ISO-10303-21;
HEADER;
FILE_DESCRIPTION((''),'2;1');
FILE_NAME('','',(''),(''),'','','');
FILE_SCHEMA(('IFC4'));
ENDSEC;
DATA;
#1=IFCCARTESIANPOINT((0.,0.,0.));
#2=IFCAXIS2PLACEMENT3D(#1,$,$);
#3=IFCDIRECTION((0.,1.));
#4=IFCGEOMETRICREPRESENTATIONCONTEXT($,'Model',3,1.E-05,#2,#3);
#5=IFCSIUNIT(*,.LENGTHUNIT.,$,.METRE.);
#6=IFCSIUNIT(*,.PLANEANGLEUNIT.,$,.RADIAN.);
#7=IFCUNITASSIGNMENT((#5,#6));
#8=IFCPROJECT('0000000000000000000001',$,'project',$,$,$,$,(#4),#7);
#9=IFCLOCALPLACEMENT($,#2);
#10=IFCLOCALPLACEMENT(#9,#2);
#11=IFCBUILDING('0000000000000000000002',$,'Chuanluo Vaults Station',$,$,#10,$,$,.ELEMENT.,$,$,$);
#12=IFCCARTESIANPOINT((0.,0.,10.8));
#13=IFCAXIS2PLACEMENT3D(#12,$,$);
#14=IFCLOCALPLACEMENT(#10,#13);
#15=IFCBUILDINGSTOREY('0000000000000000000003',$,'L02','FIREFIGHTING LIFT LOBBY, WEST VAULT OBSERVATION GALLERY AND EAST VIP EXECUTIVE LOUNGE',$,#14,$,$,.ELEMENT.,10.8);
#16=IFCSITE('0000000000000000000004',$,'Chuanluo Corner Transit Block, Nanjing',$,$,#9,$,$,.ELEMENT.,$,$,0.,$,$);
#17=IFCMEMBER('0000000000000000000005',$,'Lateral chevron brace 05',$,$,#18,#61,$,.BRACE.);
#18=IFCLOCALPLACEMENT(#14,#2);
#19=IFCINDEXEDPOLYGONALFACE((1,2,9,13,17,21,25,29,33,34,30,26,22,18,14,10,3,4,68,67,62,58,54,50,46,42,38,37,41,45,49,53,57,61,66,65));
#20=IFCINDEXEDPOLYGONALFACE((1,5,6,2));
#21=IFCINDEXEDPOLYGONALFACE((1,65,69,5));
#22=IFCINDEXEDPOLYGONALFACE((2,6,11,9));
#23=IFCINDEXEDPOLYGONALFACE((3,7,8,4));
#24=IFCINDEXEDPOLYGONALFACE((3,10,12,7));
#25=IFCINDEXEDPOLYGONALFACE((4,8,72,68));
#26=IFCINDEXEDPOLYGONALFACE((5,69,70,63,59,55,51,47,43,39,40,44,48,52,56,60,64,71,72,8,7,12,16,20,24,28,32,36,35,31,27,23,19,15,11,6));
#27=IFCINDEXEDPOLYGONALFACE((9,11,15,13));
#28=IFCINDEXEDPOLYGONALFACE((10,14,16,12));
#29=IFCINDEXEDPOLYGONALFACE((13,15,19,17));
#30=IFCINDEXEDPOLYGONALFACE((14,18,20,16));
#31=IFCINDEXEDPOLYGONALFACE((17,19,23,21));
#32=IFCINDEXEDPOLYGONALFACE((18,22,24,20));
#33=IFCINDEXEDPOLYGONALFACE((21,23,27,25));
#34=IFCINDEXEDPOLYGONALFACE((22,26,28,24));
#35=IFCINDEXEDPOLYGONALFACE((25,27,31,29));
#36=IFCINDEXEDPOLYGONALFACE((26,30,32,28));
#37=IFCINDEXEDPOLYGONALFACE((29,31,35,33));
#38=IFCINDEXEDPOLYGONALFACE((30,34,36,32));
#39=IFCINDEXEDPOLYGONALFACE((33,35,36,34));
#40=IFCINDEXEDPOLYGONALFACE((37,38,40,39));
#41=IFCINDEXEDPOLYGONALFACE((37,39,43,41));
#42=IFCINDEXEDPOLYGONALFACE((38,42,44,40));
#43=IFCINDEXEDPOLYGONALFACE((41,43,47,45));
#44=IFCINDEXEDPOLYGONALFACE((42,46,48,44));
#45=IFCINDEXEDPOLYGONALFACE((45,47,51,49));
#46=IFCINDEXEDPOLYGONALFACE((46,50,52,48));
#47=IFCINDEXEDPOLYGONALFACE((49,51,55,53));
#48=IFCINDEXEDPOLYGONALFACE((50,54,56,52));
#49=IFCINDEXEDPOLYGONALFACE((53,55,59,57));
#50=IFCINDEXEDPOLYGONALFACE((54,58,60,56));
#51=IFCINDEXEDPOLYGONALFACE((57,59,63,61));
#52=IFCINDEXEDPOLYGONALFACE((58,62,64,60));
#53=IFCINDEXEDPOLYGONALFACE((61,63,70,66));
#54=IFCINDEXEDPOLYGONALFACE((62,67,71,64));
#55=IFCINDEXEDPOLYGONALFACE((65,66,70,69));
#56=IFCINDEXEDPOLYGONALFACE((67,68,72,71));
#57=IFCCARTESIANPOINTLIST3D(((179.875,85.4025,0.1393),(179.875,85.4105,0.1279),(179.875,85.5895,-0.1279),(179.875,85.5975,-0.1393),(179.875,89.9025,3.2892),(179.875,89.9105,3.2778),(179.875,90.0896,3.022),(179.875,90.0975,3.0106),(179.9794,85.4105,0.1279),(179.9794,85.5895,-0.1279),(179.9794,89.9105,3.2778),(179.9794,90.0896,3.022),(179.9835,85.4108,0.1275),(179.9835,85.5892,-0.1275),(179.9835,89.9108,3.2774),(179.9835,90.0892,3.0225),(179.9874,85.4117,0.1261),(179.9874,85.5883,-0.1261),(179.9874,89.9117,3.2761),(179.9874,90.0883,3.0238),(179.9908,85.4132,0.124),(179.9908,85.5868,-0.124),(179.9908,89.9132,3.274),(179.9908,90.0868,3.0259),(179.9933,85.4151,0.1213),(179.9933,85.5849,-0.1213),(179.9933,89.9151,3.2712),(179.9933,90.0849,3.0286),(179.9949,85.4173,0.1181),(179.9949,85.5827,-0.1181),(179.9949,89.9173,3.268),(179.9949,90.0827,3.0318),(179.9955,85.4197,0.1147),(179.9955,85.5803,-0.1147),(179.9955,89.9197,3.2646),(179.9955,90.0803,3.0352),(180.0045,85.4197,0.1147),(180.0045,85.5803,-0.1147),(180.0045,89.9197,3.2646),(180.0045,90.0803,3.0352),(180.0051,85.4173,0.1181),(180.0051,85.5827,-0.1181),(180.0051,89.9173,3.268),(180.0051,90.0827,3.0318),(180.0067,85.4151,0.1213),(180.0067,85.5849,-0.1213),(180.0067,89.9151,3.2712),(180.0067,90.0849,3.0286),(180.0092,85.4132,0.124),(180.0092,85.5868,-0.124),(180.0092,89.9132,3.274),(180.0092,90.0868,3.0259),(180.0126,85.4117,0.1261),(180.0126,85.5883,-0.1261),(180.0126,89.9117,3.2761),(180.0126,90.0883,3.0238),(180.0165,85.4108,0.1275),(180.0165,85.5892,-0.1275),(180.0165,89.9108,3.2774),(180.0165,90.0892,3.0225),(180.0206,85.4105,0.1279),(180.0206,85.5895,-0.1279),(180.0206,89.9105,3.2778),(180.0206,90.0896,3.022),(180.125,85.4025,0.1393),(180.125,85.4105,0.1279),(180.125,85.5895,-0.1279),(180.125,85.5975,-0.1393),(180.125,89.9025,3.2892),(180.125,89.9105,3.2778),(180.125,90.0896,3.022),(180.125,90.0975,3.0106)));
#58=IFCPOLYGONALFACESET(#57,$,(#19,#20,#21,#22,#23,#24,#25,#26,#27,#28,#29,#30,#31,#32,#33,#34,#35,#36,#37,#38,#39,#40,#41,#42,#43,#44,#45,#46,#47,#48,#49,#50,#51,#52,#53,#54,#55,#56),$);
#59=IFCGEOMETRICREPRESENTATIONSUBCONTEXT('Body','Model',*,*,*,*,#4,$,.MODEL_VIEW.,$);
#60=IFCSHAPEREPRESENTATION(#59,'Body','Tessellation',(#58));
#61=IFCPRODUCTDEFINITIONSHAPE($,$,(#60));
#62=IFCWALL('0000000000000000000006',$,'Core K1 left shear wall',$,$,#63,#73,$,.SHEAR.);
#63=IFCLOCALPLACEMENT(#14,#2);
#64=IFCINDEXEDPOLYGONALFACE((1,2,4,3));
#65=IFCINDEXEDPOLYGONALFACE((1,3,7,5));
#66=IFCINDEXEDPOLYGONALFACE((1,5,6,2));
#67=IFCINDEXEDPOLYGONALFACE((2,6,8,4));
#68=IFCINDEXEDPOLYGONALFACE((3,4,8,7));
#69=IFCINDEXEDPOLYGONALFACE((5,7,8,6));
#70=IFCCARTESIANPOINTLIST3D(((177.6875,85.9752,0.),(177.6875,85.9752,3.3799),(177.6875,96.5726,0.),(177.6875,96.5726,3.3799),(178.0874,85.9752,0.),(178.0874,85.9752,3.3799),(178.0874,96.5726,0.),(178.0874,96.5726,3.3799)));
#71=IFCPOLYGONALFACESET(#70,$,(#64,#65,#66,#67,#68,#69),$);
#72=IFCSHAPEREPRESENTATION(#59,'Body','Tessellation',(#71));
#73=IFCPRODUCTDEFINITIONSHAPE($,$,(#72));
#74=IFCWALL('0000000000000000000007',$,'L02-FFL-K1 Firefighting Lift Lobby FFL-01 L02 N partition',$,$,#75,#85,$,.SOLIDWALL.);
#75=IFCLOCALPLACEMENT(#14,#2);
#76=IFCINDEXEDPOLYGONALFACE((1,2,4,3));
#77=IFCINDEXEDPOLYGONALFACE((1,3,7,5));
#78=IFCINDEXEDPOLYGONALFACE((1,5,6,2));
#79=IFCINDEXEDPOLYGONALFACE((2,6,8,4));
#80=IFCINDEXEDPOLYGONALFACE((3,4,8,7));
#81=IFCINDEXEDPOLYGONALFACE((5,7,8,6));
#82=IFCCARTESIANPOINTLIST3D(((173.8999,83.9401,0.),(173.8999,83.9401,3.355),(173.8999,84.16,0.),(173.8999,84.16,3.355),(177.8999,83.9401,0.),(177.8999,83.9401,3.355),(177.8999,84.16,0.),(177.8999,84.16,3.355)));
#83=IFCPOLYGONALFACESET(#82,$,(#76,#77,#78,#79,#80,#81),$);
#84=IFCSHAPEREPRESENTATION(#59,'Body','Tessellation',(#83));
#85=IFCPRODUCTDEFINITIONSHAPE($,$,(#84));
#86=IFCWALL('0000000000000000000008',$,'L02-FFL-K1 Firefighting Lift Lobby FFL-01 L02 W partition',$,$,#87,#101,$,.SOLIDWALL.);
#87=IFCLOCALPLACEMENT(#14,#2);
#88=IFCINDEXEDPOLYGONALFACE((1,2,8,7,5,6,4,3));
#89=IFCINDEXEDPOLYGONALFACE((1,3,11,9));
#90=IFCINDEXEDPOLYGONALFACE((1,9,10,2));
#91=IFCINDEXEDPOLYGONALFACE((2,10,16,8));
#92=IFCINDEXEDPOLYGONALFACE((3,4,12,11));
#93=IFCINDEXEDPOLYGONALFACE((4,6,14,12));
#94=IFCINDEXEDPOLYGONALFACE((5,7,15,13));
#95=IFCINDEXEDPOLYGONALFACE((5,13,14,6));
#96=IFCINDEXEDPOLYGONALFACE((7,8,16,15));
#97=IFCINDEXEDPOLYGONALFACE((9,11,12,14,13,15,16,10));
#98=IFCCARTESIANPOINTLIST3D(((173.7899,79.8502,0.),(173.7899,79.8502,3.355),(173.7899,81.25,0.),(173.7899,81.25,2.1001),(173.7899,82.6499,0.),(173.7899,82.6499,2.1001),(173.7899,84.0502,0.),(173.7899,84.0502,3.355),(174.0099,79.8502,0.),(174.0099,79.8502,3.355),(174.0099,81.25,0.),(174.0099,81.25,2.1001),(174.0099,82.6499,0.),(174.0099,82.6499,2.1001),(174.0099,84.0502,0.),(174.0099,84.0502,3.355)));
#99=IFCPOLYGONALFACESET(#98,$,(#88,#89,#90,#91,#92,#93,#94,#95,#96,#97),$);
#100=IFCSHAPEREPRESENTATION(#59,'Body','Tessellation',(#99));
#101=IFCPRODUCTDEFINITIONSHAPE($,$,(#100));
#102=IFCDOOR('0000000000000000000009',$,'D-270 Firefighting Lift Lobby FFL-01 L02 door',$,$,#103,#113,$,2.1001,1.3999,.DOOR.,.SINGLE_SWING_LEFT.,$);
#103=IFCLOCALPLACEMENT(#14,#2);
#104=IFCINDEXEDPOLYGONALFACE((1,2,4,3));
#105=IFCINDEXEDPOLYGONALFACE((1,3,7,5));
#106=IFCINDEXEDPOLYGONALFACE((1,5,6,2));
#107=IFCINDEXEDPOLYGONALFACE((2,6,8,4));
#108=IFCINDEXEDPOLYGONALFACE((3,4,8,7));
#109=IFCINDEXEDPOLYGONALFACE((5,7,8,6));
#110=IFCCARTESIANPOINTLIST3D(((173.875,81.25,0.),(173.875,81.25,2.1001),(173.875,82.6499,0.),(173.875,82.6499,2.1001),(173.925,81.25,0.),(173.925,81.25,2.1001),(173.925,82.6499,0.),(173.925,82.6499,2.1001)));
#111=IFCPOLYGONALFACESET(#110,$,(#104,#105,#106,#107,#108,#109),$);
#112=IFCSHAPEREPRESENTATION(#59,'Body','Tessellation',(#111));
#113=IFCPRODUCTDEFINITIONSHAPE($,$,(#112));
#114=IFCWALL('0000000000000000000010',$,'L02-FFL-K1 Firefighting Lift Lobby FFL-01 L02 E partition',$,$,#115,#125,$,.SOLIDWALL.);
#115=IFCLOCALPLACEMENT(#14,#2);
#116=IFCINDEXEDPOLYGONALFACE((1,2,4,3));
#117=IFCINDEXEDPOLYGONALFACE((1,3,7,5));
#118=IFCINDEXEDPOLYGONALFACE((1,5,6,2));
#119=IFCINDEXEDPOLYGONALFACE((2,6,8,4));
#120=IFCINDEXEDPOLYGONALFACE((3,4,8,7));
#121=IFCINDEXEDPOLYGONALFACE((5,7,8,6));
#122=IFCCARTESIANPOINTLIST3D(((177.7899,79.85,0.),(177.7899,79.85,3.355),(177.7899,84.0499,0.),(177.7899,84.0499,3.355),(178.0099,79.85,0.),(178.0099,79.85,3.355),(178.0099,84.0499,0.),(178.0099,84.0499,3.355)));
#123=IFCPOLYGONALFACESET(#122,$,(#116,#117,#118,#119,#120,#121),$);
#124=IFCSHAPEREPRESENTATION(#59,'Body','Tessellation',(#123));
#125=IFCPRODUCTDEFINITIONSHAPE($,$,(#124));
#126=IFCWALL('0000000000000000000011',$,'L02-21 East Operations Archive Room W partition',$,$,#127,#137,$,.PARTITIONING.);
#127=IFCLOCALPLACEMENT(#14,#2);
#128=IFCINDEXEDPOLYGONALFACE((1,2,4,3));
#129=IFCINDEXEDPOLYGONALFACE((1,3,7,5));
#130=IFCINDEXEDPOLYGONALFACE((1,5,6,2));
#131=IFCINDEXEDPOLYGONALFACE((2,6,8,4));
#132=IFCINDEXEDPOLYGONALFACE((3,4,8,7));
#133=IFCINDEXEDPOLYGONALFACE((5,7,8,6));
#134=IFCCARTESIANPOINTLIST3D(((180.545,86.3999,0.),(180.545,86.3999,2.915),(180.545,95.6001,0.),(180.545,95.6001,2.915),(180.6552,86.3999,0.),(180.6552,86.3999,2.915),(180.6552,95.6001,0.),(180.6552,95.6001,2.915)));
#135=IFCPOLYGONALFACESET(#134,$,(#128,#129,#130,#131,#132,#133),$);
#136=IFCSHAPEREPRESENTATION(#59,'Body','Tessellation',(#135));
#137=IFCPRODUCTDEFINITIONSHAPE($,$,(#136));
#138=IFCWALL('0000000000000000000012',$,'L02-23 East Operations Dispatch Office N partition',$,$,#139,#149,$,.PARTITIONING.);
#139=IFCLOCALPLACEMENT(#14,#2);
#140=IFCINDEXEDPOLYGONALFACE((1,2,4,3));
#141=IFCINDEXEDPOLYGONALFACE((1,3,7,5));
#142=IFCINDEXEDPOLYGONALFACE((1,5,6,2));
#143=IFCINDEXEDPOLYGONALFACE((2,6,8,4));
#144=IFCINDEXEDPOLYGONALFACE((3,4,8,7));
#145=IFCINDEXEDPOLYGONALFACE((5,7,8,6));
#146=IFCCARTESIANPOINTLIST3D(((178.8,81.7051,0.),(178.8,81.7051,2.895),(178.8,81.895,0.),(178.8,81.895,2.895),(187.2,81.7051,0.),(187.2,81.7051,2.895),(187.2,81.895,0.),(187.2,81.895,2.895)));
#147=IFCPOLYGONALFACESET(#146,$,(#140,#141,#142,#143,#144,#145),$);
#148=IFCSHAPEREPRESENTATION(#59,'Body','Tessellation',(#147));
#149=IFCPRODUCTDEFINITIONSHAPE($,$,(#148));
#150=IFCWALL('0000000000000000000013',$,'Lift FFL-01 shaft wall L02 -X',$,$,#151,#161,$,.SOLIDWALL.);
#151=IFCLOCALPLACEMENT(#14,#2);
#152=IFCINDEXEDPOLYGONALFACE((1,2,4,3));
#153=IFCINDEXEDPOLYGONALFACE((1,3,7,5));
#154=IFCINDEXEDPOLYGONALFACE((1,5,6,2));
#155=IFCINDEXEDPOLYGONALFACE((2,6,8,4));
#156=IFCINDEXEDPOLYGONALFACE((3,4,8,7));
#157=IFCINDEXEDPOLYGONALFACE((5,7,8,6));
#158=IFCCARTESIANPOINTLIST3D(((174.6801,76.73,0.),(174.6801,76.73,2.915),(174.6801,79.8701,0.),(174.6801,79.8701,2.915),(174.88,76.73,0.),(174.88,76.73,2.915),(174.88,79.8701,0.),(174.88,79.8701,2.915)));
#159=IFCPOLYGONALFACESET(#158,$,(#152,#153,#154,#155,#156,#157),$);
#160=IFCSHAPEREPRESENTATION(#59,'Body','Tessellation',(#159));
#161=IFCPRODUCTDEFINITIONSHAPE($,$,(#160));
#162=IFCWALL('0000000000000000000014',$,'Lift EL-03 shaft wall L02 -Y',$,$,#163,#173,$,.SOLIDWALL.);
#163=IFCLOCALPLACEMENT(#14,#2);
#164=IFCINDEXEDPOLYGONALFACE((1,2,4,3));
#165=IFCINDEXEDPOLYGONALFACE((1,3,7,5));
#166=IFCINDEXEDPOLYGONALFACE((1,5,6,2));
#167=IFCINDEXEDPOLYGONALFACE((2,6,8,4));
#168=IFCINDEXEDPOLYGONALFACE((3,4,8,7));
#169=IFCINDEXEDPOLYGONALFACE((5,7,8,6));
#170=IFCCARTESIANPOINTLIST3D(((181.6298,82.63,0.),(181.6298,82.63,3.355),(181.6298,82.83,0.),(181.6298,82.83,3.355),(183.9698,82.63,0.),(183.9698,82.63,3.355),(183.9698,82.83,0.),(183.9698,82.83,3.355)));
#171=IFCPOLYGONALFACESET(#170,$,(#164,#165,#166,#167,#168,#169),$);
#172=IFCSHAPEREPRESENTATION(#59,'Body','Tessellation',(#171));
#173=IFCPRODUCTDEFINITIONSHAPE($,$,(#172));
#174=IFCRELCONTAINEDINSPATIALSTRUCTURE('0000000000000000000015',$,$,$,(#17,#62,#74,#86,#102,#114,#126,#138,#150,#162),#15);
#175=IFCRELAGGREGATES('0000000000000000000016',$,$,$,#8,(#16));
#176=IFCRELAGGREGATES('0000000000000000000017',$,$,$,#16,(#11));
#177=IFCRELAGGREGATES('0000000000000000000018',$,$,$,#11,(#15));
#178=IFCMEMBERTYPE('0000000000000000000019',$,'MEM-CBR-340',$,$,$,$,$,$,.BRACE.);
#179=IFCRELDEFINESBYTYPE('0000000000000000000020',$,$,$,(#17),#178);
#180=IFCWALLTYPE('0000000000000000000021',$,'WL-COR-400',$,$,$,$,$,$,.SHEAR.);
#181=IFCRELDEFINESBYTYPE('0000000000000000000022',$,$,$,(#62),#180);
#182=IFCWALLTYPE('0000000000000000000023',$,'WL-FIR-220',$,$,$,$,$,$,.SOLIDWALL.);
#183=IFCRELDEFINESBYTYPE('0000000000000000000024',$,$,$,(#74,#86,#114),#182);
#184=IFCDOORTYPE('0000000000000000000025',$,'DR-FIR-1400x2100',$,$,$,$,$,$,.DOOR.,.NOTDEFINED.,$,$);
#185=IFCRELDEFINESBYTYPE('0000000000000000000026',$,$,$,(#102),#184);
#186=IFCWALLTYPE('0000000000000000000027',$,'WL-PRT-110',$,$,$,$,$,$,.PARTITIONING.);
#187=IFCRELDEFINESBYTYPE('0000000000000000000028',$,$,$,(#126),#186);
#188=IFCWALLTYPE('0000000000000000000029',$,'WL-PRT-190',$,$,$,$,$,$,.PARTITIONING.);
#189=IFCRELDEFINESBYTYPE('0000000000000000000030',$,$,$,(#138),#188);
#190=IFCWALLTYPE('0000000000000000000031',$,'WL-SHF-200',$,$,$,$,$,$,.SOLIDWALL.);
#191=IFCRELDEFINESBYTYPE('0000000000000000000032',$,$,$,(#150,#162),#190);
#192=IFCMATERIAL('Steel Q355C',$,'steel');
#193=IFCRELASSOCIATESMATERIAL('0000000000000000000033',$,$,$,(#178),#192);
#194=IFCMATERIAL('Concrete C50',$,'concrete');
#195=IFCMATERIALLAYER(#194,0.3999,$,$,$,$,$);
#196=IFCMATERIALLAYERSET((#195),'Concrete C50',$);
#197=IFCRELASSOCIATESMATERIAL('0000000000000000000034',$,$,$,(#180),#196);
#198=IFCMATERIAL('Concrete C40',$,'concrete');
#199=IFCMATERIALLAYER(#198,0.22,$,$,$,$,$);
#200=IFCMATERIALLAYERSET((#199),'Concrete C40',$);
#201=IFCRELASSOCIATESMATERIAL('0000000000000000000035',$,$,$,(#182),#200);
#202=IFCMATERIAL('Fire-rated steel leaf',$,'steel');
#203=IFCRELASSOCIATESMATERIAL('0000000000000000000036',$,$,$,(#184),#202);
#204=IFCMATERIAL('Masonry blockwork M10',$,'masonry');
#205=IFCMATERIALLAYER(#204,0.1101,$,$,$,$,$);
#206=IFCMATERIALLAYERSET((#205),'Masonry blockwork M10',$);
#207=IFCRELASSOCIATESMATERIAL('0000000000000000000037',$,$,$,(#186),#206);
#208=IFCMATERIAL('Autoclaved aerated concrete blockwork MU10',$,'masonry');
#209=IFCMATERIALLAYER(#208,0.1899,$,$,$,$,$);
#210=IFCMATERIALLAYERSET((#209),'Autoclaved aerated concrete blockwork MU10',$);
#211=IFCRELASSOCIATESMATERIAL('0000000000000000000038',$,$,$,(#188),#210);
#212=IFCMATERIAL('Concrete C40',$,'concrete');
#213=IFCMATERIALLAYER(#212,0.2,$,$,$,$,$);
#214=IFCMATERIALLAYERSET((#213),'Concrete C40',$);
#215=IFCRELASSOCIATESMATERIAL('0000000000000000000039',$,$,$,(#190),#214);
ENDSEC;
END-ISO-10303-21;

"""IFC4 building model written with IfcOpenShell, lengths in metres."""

from ifc_helpers import new_model, si_unit, direction, frame, frame_2d, origin, origin_2d, place, context, subcontext, project, spatial, rectangle, i_section, extrude, material, layer, layer_set, material_profile, profile_set, type_object, element, fill, save


model = new_model("IFC4")

# Units and contexts
model_context = context("Model", 3, precision=1e-05, world=origin(), true_north=direction((0.0, 1.0)))
body_context = subcontext(model_context, "Body", "Model", "MODEL_VIEW")
ifc_project = project(units=[si_unit("LENGTHUNIT", "METRE"), si_unit("PLANEANGLEUNIT", "RADIAN")], contexts=[model_context])

# Site, building, storey
site_placement = place(None, origin())
site = spatial("IfcSite", under=ifc_project, at=site_placement, Name="Chuanluo Corner Transit Block, Nanjing", CompositionType="ELEMENT", RefElevation=0.0)
building_placement = place(site_placement, origin())
building = spatial("IfcBuilding", under=site, at=building_placement, Name="Chuanluo Vaults Station", CompositionType="ELEMENT")
storey_placement = place(building_placement, frame((0.0, 0.0, 10.8)))
storey = spatial("IfcBuildingStorey", under=building, at=storey_placement, Name="L02", Description="FIREFIGHTING LIFT LOBBY, WEST VAULT OBSERVATION GALLERY AND EAST VIP EXECUTIVE LOUNGE", CompositionType="ELEMENT", Elevation=10.8)

# Member
ifc_material_1 = material(Name="Steel Q355C", Category="steel")
ifc_material_profile_1 = material_profile(ifc_material_1, i_section(OverallWidth=0.25, OverallDepth=0.3401, WebThickness=0.009, FlangeThickness=0.0139, FilletRadius=0.0161, at=origin_2d()))
ifc_profile_set_1 = profile_set([ifc_material_profile_1], Name="Steel Q355C")
member_type = type_object("IfcMemberType", Name="MEM-CBR-340", PredefinedType="BRACE", material=ifc_profile_set_1)
member_placement = place(storey_placement, frame((180.0, 85.5, 0.0), z_axis=(0.0, 0.81924, 0.57345), x_axis=(-1.0, 0.0, 0.0)))
element("IfcMember", 1, at=member_placement, inside=storey, type_object=member_type, Name="Lateral chevron brace 05", PredefinedType="BRACE", context=body_context, shape_type="SweptSolid", body=[
    extrude(i_section(OverallWidth=0.25, OverallDepth=0.3401, WebThickness=0.009, FlangeThickness=0.0139, FilletRadius=0.0161, at=origin_2d()), origin(), (0.0, 0.0, 1.0), 5.4929),
])

# Walls
ifc_material_2 = material(Name="Concrete C50", Category="concrete")
ifc_layer_1 = layer(ifc_material_2, 0.3999)
ifc_layer_set_1 = layer_set([ifc_layer_1], Name="Concrete C50")
wall_type_1 = type_object("IfcWallType", Name="WL-COR-400", PredefinedType="SHEAR", material=ifc_layer_set_1)
wall_1_placement = place(storey_placement, frame((177.8875, 85.9751, 0.0), z_axis=(0.0, 0.0, 1.0), x_axis=(0.0, 1.0, 0.0)))
element("IfcWall", 2, at=wall_1_placement, inside=storey, type_object=wall_type_1, Name="Core K1 left shear wall", PredefinedType="SHEAR", context=body_context, shape_type="SweptSolid", body=[
    extrude(rectangle(XDim=10.5974, YDim=0.3999, at=frame_2d((5.2988, 0.0))), origin(), (0.0, 0.0, 1.0), 3.3799),
])
ifc_material_3 = material(Name="Concrete C40", Category="concrete")
ifc_layer_2 = layer(ifc_material_3, 0.22)
ifc_layer_set_2 = layer_set([ifc_layer_2], Name="Concrete C40")
wall_type_2 = type_object("IfcWallType", Name="WL-FIR-220", PredefinedType="SOLIDWALL", material=ifc_layer_set_2)
wall_2_placement = place(storey_placement, frame((173.8999, 84.05, 0.0), z_axis=(0.0, 0.0, 1.0), x_axis=(1.0, 0.0, 0.0)))
element("IfcWall", 3, at=wall_2_placement, inside=storey, type_object=wall_type_2, Name="L02-FFL-K1 Firefighting Lift Lobby FFL-01 L02 N partition", PredefinedType="SOLIDWALL", context=body_context, shape_type="SweptSolid", body=[
    extrude(rectangle(XDim=4.0, YDim=0.22, at=frame_2d((2.0, 0.0))), origin(), (0.0, 0.0, 1.0), 3.355),
])

# Wall, opening, door
wall_3_placement = place(storey_placement, frame((173.8999, 79.8501, 0.0), z_axis=(0.0, 0.0, 1.0), x_axis=(0.0, 1.0, 0.0)))
wall_3 = element("IfcWall", 4, at=wall_3_placement, inside=storey, type_object=wall_type_2, Name="L02-FFL-K1 Firefighting Lift Lobby FFL-01 L02 W partition", PredefinedType="SOLIDWALL", context=body_context, shape_type="SweptSolid", body=[
    extrude(rectangle(XDim=4.2, YDim=0.22, at=frame_2d((2.1001, 0.0))), origin(), (0.0, 0.0, 1.0), 3.355),
])
opening_1_placement = place(wall_3_placement, frame((1.3999, 0.0, 0.0)))
opening_1 = element("IfcOpeningElement", 5, at=opening_1_placement, cuts=wall_3, PredefinedType="OPENING", context=body_context, shape_type="SweptSolid", body=[
    extrude(rectangle(XDim=1.3999, YDim=2.1001, at=frame_2d((0.7, 1.05))), frame((0.0, 0.1199, 0.0), z_axis=(0.0, -1.0, 0.0), x_axis=(1.0, 0.0, 0.0)), (0.0, 0.0, 1.0), 0.24),
])
ifc_material_4 = material(Name="Fire-rated steel leaf", Category="steel")
door_type_1 = type_object("IfcDoorType", Name="DR-FIR-1400x2100", OperationType="NOTDEFINED", PredefinedType="DOOR", material=ifc_material_4)
door_1_placement = place(opening_1_placement, origin())
door_1 = element("IfcDoor", 6, at=door_1_placement, inside=storey, type_object=door_type_1, Name="D-270 Firefighting Lift Lobby FFL-01 L02 door", OperationType="SINGLE_SWING_LEFT", OverallHeight=2.1001, OverallWidth=1.3999, PredefinedType="DOOR", context=body_context, shape_type="SweptSolid", body=[
    extrude(rectangle(XDim=1.3999, YDim=2.1001, at=frame_2d((0.7, 1.05))), frame((0.0, 0.0249, 0.0), z_axis=(0.0, -1.0, 0.0), x_axis=(1.0, 0.0, 0.0)), (0.0, 0.0, 1.0), 0.05),
])
fill(opening_1, door_1)

# Walls
wall_4_placement = place(storey_placement, frame((177.8999, 84.05, 0.0), z_axis=(0.0, 0.0, 1.0), x_axis=(0.0, -1.0, 0.0)))
element("IfcWall", 7, at=wall_4_placement, inside=storey, type_object=wall_type_2, Name="L02-FFL-K1 Firefighting Lift Lobby FFL-01 L02 E partition", PredefinedType="SOLIDWALL", context=body_context, shape_type="SweptSolid", body=[
    extrude(rectangle(XDim=4.2, YDim=0.22, at=frame_2d((2.1001, 0.0))), origin(), (0.0, 0.0, 1.0), 3.355),
])
ifc_material_5 = material(Name="Masonry blockwork M10", Category="masonry")
ifc_layer_3 = layer(ifc_material_5, 0.1101)
ifc_layer_set_3 = layer_set([ifc_layer_3], Name="Masonry blockwork M10")
wall_type_3 = type_object("IfcWallType", Name="WL-PRT-110", PredefinedType="PARTITIONING", material=ifc_layer_set_3)
wall_5_placement = place(storey_placement, frame((180.6001, 86.3999, 0.0), z_axis=(0.0, 0.0, 1.0), x_axis=(0.0, 1.0, 0.0)))
element("IfcWall", 8, at=wall_5_placement, inside=storey, type_object=wall_type_3, Name="L02-21 East Operations Archive Room W partition", PredefinedType="PARTITIONING", context=body_context, shape_type="SweptSolid", body=[
    extrude(rectangle(XDim=9.2002, YDim=0.1101, at=frame_2d((4.6001, 0.0))), origin(), (0.0, 0.0, 1.0), 2.915),
])
ifc_material_6 = material(Name="Autoclaved aerated concrete blockwork MU10", Category="masonry")
ifc_layer_4 = layer(ifc_material_6, 0.1899)
ifc_layer_set_4 = layer_set([ifc_layer_4], Name="Autoclaved aerated concrete blockwork MU10")
wall_type_4 = type_object("IfcWallType", Name="WL-PRT-190", PredefinedType="PARTITIONING", material=ifc_layer_set_4)
wall_6_placement = place(storey_placement, frame((178.8, 81.8, 0.0), z_axis=(0.0, 0.0, 1.0), x_axis=(1.0, 0.0, 0.0)))
element("IfcWall", 9, at=wall_6_placement, inside=storey, type_object=wall_type_4, Name="L02-23 East Operations Dispatch Office N partition", PredefinedType="PARTITIONING", context=body_context, shape_type="SweptSolid", body=[
    extrude(rectangle(XDim=8.3999, YDim=0.1899, at=frame_2d((4.2, 0.0))), origin(), (0.0, 0.0, 1.0), 2.895),
])

# Shared definitions
ifc_material_7 = material(Name="Concrete C40", Category="concrete")
ifc_layer_5 = layer(ifc_material_7, 0.2)
ifc_layer_set_5 = layer_set([ifc_layer_5], Name="Concrete C40")
wall_type_5 = type_object("IfcWallType", Name="WL-SHF-200", PredefinedType="SOLIDWALL", material=ifc_layer_set_5)

# Walls
wall_7_placement = place(storey_placement, frame((174.78, 79.8701, 0.0), z_axis=(0.0, 0.0, 1.0), x_axis=(0.0, -1.0, 0.0)))
element("IfcWall", 10, at=wall_7_placement, inside=storey, type_object=wall_type_5, Name="Lift FFL-01 shaft wall L02 -X", PredefinedType="SOLIDWALL", context=body_context, shape_type="SweptSolid", body=[
    extrude(rectangle(XDim=3.1401, YDim=0.2, at=frame_2d((1.5701, 0.0))), origin(), (0.0, 0.0, 1.0), 2.915),
])
wall_8_placement = place(storey_placement, frame((181.6299, 82.73, 0.0), z_axis=(0.0, 0.0, 1.0), x_axis=(1.0, 0.0, 0.0)))
element("IfcWall", 11, at=wall_8_placement, inside=storey, type_object=wall_type_5, Name="Lift EL-03 shaft wall L02 -Y", PredefinedType="SOLIDWALL", context=body_context, shape_type="SweptSolid", body=[
    extrude(rectangle(XDim=2.3401, YDim=0.2, at=frame_2d((1.1699, 0.0))), origin(), (0.0, 0.0, 1.0), 3.355),
])

save(model, "model.ifc")
